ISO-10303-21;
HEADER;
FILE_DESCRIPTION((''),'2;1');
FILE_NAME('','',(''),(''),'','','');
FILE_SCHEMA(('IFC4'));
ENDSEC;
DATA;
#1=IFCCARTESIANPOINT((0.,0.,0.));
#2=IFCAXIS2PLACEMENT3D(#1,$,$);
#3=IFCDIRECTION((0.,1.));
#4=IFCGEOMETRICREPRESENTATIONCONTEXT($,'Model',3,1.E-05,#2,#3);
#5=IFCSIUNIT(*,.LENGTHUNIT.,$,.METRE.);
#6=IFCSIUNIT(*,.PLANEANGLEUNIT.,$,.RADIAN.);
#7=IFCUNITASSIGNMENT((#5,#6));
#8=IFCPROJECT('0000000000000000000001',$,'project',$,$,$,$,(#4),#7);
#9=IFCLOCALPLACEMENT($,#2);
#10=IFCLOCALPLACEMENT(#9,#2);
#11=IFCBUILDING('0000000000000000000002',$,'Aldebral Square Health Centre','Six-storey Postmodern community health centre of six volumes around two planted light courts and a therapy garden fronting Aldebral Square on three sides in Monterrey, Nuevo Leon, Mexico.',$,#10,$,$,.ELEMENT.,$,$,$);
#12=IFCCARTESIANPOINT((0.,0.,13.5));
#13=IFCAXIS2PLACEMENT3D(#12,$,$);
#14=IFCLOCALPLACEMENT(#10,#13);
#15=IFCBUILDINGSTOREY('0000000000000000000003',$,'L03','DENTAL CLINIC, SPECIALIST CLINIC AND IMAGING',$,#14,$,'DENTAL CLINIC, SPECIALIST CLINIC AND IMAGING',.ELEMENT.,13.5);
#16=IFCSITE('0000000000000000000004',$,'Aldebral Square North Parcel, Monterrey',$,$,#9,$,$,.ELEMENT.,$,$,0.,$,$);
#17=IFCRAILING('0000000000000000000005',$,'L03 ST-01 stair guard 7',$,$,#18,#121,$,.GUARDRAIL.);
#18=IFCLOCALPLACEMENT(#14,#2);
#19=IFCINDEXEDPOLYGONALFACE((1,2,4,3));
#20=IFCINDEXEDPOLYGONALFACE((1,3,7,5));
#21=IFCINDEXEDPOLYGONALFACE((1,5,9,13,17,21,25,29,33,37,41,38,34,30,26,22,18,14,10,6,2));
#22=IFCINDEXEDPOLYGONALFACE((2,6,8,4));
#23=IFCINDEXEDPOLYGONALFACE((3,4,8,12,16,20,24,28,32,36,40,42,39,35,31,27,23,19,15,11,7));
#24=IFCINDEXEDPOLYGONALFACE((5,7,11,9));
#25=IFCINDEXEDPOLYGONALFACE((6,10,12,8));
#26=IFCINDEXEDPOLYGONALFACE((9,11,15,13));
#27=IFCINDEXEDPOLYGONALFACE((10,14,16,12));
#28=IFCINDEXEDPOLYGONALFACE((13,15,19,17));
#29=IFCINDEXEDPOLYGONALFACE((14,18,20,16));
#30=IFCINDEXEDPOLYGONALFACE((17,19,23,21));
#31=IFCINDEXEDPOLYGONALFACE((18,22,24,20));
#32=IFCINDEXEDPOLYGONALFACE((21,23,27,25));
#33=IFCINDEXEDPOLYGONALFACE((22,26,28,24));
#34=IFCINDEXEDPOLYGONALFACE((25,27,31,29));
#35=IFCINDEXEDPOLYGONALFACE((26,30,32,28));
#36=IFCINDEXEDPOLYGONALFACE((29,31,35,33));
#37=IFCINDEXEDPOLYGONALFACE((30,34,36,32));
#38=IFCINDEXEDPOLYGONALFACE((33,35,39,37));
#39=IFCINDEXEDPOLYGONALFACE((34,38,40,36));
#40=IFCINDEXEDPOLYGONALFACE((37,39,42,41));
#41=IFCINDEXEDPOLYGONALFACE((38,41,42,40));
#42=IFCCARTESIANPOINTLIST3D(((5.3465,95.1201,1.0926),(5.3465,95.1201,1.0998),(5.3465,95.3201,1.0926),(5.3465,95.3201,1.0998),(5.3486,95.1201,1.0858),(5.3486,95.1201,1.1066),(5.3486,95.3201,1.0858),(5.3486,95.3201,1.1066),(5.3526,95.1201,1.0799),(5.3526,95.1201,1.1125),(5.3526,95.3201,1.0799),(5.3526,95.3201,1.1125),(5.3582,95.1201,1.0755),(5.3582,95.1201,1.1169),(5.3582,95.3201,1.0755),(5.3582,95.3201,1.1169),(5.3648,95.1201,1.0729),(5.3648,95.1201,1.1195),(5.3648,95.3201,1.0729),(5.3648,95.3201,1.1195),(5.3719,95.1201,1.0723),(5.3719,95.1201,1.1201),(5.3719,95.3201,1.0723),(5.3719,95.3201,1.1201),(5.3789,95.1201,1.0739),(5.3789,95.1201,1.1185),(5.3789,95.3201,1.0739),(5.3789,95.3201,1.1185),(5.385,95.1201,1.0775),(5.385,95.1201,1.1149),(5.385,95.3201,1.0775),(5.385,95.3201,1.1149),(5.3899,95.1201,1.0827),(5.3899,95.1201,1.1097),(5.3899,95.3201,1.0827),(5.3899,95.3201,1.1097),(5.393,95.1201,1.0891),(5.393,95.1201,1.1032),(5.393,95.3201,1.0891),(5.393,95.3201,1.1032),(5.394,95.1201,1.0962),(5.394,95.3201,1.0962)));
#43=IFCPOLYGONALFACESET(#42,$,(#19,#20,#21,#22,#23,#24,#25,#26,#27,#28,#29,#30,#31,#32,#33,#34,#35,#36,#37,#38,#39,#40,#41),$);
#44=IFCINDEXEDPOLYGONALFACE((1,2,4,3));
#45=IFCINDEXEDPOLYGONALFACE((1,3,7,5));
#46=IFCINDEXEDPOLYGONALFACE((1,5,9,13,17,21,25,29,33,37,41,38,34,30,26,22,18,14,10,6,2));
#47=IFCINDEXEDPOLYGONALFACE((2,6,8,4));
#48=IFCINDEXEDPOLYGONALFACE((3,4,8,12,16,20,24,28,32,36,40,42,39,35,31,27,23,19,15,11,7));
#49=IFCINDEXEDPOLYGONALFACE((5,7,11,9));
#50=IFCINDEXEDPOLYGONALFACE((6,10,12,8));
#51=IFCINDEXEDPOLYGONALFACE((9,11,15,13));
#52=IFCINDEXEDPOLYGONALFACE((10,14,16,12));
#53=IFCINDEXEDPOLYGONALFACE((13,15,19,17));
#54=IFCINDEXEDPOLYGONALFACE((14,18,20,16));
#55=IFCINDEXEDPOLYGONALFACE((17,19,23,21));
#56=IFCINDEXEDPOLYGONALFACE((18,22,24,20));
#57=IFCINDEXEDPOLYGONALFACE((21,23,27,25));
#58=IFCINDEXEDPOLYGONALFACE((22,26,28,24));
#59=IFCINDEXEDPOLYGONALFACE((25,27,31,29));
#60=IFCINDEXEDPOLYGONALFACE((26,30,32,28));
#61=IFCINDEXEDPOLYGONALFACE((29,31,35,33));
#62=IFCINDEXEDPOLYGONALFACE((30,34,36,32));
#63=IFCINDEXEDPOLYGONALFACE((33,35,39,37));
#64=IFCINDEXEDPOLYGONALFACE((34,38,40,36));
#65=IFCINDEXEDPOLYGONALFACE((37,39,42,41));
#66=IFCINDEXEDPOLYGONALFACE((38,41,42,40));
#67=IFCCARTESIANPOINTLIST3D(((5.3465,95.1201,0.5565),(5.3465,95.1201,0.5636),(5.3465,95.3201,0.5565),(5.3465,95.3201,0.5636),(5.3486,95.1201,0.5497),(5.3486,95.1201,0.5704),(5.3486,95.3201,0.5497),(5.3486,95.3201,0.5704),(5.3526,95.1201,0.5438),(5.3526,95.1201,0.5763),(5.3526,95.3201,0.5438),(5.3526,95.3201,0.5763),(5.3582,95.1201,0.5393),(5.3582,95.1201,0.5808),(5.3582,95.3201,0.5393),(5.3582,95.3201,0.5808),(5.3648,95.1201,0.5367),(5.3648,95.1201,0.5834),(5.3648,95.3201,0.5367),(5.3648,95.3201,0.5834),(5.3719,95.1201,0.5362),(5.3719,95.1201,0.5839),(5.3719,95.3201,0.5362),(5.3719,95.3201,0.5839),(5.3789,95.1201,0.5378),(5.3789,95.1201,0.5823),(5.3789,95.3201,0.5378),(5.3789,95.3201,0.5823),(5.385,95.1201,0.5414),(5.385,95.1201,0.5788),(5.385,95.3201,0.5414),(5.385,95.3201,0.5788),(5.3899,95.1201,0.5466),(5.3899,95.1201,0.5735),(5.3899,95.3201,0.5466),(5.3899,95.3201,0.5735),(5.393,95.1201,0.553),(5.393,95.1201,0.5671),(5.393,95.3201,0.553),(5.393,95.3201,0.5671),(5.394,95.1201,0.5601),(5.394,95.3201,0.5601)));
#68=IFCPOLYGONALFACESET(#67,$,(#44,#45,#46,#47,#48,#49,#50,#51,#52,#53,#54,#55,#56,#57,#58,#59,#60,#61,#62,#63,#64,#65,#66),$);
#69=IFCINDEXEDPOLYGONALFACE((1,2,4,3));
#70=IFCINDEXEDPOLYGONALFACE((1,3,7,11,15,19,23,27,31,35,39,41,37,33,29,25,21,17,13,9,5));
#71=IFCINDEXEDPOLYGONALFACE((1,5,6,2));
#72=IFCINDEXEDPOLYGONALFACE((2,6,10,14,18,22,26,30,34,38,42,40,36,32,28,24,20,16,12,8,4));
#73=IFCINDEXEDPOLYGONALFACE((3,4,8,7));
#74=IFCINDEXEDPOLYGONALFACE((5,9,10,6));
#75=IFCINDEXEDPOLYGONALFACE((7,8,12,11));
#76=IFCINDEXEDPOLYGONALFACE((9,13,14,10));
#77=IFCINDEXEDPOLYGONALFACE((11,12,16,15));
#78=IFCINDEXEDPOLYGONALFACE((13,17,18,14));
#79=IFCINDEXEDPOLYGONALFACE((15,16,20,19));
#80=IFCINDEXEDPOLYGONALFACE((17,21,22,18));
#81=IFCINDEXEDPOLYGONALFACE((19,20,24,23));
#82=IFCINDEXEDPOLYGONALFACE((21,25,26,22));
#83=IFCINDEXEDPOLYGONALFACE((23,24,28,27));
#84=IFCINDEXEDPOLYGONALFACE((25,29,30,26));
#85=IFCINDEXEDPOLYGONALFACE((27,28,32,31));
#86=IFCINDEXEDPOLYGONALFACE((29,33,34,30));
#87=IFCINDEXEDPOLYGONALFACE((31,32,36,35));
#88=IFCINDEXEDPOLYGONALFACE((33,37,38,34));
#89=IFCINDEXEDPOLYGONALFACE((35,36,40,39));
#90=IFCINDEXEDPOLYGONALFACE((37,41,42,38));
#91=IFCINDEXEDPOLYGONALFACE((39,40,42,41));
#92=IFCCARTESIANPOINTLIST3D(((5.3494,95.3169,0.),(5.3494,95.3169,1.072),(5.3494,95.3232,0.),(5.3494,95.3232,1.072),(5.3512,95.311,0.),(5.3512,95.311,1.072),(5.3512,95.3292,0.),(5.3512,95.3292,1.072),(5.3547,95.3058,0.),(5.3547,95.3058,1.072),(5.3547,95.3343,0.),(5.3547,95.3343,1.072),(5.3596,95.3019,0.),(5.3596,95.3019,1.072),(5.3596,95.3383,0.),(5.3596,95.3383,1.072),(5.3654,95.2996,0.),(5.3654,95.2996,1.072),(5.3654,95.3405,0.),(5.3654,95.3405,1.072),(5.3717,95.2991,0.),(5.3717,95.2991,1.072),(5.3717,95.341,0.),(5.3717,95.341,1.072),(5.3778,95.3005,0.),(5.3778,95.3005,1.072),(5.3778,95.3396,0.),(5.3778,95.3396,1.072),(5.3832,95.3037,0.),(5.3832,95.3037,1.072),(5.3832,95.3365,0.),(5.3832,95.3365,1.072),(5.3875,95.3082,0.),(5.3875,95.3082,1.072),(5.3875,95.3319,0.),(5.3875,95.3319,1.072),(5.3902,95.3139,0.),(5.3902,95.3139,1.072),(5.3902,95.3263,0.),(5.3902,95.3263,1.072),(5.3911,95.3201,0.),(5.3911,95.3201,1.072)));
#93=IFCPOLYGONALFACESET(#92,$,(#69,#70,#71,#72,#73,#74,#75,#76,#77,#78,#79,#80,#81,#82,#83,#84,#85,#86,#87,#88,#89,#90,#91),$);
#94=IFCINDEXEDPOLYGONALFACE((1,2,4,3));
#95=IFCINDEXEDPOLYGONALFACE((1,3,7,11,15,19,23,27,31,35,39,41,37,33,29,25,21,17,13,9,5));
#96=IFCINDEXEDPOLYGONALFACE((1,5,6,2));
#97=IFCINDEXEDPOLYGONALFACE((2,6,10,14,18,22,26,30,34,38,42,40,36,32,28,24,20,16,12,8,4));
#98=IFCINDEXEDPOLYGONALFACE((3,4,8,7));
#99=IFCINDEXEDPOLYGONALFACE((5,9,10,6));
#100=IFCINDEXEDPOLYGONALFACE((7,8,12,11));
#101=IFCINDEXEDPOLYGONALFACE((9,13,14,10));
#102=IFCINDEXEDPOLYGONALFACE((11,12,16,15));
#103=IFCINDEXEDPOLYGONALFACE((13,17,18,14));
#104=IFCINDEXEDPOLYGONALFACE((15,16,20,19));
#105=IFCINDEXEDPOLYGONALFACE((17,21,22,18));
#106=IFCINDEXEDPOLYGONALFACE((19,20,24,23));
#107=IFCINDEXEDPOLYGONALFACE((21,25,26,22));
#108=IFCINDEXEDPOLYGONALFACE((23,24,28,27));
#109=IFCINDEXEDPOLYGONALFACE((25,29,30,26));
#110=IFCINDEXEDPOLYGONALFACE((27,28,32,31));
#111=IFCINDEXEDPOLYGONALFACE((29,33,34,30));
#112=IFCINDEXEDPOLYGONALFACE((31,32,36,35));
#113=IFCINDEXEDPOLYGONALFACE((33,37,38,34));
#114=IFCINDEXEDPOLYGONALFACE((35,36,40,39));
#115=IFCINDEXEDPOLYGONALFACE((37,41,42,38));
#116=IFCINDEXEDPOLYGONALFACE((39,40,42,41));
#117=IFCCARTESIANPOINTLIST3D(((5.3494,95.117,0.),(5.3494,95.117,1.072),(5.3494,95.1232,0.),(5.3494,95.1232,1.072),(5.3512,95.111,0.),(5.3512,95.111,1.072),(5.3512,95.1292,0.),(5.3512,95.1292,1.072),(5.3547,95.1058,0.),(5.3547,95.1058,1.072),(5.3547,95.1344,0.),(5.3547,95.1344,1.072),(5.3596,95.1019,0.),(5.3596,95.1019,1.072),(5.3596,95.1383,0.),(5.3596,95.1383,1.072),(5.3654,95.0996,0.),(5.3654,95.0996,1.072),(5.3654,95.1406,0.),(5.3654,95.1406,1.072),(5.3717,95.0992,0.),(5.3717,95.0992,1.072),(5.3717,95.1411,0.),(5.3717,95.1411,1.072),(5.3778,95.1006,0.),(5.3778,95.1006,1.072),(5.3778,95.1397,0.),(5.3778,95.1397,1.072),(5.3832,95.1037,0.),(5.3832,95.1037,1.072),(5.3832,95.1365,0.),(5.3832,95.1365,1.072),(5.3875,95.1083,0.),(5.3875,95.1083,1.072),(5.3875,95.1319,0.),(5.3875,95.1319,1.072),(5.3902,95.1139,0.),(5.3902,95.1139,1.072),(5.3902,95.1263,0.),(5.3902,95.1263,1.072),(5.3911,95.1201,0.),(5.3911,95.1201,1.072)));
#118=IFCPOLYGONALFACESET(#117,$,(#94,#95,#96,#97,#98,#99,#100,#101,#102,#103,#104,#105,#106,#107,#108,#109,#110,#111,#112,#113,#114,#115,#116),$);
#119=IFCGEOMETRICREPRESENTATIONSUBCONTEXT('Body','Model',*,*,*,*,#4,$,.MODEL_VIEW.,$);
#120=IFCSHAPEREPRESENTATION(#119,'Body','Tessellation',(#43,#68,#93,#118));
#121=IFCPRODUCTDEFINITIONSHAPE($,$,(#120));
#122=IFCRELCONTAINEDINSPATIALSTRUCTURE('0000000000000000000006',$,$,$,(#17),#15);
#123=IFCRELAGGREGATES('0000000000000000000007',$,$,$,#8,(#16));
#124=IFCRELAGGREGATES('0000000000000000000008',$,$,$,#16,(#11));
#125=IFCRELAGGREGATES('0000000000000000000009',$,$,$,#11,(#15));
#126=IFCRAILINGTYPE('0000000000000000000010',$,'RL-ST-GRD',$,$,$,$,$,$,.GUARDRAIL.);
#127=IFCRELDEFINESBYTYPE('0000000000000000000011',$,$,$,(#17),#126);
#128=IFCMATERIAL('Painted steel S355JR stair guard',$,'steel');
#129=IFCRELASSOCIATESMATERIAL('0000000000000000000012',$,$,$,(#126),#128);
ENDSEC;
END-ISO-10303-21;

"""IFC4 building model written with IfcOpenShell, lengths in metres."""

from ifc_helpers import new_model, si_unit, direction, frame, origin, origin_2d, place, context, subcontext, project, spatial, circle, extrude, material, type_object, element, save


model = new_model("IFC4")

# Units and contexts
model_context = context("Model", 3, precision=1e-05, world=origin(), true_north=direction((0.0, 1.0)))
body_context = subcontext(model_context, "Body", "Model", "MODEL_VIEW")
ifc_project = project(units=[si_unit("LENGTHUNIT", "METRE"), si_unit("PLANEANGLEUNIT", "RADIAN")], contexts=[model_context])

# Site, building, storey
site_placement = place(None, origin())
site = spatial("IfcSite", under=ifc_project, at=site_placement, Name="Aldebral Square North Parcel, Monterrey", CompositionType="ELEMENT", RefElevation=0.0)
building_placement = place(site_placement, origin())
building = spatial("IfcBuilding", under=site, at=building_placement, Name="Aldebral Square Health Centre", Description="Six-storey Postmodern community health centre of six volumes around two planted light courts and a therapy garden fronting Aldebral Square on three sides in Monterrey, Nuevo Leon, Mexico.", CompositionType="ELEMENT")
storey_placement = place(building_placement, frame((0.0, 0.0, 13.5)))
storey = spatial("IfcBuildingStorey", under=building, at=storey_placement, Name="L03", Description="DENTAL CLINIC, SPECIALIST CLINIC AND IMAGING", LongName="DENTAL CLINIC, SPECIALIST CLINIC AND IMAGING", CompositionType="ELEMENT", Elevation=13.5)

# Railing
ifc_material_1 = material(Name="Painted steel S355JR stair guard", Category="steel")
railing_type_1 = type_object("IfcRailingType", Name="RL-ST-GRD", PredefinedType="GUARDRAIL", material=ifc_material_1)
railing_1_placement = place(storey_placement, frame((5.3701, 95.3201, 0.0)))
element("IfcRailing", 1, at=railing_1_placement, inside=storey, type_object=railing_type_1, Name="L03 ST-01 stair guard 7", PredefinedType="GUARDRAIL", context=body_context, shape_type="SweptSolid", body=[
    extrude(circle(Radius=0.0239, at=origin_2d()), frame((0.0, 0.0, 1.0962), z_axis=(0.0, -1.0, 0.0), x_axis=(1.0, 0.0, 0.0)), (0.0, 0.0, 1.0), 0.2),
    extrude(circle(Radius=0.0239, at=origin_2d()), frame((0.0, 0.0, 0.5601), z_axis=(0.0, -1.0, 0.0), x_axis=(1.0, 0.0, 0.0)), (0.0, 0.0, 1.0), 0.2),
    extrude(circle(Radius=0.021, at=origin_2d()), origin(), (0.0, 0.0, 1.0), 1.072),
    extrude(circle(Radius=0.021, at=origin_2d()), frame((0.0, -0.2, 0.0)), (0.0, 0.0, 1.0), 1.072),
])

save(model, "model.ifc")
